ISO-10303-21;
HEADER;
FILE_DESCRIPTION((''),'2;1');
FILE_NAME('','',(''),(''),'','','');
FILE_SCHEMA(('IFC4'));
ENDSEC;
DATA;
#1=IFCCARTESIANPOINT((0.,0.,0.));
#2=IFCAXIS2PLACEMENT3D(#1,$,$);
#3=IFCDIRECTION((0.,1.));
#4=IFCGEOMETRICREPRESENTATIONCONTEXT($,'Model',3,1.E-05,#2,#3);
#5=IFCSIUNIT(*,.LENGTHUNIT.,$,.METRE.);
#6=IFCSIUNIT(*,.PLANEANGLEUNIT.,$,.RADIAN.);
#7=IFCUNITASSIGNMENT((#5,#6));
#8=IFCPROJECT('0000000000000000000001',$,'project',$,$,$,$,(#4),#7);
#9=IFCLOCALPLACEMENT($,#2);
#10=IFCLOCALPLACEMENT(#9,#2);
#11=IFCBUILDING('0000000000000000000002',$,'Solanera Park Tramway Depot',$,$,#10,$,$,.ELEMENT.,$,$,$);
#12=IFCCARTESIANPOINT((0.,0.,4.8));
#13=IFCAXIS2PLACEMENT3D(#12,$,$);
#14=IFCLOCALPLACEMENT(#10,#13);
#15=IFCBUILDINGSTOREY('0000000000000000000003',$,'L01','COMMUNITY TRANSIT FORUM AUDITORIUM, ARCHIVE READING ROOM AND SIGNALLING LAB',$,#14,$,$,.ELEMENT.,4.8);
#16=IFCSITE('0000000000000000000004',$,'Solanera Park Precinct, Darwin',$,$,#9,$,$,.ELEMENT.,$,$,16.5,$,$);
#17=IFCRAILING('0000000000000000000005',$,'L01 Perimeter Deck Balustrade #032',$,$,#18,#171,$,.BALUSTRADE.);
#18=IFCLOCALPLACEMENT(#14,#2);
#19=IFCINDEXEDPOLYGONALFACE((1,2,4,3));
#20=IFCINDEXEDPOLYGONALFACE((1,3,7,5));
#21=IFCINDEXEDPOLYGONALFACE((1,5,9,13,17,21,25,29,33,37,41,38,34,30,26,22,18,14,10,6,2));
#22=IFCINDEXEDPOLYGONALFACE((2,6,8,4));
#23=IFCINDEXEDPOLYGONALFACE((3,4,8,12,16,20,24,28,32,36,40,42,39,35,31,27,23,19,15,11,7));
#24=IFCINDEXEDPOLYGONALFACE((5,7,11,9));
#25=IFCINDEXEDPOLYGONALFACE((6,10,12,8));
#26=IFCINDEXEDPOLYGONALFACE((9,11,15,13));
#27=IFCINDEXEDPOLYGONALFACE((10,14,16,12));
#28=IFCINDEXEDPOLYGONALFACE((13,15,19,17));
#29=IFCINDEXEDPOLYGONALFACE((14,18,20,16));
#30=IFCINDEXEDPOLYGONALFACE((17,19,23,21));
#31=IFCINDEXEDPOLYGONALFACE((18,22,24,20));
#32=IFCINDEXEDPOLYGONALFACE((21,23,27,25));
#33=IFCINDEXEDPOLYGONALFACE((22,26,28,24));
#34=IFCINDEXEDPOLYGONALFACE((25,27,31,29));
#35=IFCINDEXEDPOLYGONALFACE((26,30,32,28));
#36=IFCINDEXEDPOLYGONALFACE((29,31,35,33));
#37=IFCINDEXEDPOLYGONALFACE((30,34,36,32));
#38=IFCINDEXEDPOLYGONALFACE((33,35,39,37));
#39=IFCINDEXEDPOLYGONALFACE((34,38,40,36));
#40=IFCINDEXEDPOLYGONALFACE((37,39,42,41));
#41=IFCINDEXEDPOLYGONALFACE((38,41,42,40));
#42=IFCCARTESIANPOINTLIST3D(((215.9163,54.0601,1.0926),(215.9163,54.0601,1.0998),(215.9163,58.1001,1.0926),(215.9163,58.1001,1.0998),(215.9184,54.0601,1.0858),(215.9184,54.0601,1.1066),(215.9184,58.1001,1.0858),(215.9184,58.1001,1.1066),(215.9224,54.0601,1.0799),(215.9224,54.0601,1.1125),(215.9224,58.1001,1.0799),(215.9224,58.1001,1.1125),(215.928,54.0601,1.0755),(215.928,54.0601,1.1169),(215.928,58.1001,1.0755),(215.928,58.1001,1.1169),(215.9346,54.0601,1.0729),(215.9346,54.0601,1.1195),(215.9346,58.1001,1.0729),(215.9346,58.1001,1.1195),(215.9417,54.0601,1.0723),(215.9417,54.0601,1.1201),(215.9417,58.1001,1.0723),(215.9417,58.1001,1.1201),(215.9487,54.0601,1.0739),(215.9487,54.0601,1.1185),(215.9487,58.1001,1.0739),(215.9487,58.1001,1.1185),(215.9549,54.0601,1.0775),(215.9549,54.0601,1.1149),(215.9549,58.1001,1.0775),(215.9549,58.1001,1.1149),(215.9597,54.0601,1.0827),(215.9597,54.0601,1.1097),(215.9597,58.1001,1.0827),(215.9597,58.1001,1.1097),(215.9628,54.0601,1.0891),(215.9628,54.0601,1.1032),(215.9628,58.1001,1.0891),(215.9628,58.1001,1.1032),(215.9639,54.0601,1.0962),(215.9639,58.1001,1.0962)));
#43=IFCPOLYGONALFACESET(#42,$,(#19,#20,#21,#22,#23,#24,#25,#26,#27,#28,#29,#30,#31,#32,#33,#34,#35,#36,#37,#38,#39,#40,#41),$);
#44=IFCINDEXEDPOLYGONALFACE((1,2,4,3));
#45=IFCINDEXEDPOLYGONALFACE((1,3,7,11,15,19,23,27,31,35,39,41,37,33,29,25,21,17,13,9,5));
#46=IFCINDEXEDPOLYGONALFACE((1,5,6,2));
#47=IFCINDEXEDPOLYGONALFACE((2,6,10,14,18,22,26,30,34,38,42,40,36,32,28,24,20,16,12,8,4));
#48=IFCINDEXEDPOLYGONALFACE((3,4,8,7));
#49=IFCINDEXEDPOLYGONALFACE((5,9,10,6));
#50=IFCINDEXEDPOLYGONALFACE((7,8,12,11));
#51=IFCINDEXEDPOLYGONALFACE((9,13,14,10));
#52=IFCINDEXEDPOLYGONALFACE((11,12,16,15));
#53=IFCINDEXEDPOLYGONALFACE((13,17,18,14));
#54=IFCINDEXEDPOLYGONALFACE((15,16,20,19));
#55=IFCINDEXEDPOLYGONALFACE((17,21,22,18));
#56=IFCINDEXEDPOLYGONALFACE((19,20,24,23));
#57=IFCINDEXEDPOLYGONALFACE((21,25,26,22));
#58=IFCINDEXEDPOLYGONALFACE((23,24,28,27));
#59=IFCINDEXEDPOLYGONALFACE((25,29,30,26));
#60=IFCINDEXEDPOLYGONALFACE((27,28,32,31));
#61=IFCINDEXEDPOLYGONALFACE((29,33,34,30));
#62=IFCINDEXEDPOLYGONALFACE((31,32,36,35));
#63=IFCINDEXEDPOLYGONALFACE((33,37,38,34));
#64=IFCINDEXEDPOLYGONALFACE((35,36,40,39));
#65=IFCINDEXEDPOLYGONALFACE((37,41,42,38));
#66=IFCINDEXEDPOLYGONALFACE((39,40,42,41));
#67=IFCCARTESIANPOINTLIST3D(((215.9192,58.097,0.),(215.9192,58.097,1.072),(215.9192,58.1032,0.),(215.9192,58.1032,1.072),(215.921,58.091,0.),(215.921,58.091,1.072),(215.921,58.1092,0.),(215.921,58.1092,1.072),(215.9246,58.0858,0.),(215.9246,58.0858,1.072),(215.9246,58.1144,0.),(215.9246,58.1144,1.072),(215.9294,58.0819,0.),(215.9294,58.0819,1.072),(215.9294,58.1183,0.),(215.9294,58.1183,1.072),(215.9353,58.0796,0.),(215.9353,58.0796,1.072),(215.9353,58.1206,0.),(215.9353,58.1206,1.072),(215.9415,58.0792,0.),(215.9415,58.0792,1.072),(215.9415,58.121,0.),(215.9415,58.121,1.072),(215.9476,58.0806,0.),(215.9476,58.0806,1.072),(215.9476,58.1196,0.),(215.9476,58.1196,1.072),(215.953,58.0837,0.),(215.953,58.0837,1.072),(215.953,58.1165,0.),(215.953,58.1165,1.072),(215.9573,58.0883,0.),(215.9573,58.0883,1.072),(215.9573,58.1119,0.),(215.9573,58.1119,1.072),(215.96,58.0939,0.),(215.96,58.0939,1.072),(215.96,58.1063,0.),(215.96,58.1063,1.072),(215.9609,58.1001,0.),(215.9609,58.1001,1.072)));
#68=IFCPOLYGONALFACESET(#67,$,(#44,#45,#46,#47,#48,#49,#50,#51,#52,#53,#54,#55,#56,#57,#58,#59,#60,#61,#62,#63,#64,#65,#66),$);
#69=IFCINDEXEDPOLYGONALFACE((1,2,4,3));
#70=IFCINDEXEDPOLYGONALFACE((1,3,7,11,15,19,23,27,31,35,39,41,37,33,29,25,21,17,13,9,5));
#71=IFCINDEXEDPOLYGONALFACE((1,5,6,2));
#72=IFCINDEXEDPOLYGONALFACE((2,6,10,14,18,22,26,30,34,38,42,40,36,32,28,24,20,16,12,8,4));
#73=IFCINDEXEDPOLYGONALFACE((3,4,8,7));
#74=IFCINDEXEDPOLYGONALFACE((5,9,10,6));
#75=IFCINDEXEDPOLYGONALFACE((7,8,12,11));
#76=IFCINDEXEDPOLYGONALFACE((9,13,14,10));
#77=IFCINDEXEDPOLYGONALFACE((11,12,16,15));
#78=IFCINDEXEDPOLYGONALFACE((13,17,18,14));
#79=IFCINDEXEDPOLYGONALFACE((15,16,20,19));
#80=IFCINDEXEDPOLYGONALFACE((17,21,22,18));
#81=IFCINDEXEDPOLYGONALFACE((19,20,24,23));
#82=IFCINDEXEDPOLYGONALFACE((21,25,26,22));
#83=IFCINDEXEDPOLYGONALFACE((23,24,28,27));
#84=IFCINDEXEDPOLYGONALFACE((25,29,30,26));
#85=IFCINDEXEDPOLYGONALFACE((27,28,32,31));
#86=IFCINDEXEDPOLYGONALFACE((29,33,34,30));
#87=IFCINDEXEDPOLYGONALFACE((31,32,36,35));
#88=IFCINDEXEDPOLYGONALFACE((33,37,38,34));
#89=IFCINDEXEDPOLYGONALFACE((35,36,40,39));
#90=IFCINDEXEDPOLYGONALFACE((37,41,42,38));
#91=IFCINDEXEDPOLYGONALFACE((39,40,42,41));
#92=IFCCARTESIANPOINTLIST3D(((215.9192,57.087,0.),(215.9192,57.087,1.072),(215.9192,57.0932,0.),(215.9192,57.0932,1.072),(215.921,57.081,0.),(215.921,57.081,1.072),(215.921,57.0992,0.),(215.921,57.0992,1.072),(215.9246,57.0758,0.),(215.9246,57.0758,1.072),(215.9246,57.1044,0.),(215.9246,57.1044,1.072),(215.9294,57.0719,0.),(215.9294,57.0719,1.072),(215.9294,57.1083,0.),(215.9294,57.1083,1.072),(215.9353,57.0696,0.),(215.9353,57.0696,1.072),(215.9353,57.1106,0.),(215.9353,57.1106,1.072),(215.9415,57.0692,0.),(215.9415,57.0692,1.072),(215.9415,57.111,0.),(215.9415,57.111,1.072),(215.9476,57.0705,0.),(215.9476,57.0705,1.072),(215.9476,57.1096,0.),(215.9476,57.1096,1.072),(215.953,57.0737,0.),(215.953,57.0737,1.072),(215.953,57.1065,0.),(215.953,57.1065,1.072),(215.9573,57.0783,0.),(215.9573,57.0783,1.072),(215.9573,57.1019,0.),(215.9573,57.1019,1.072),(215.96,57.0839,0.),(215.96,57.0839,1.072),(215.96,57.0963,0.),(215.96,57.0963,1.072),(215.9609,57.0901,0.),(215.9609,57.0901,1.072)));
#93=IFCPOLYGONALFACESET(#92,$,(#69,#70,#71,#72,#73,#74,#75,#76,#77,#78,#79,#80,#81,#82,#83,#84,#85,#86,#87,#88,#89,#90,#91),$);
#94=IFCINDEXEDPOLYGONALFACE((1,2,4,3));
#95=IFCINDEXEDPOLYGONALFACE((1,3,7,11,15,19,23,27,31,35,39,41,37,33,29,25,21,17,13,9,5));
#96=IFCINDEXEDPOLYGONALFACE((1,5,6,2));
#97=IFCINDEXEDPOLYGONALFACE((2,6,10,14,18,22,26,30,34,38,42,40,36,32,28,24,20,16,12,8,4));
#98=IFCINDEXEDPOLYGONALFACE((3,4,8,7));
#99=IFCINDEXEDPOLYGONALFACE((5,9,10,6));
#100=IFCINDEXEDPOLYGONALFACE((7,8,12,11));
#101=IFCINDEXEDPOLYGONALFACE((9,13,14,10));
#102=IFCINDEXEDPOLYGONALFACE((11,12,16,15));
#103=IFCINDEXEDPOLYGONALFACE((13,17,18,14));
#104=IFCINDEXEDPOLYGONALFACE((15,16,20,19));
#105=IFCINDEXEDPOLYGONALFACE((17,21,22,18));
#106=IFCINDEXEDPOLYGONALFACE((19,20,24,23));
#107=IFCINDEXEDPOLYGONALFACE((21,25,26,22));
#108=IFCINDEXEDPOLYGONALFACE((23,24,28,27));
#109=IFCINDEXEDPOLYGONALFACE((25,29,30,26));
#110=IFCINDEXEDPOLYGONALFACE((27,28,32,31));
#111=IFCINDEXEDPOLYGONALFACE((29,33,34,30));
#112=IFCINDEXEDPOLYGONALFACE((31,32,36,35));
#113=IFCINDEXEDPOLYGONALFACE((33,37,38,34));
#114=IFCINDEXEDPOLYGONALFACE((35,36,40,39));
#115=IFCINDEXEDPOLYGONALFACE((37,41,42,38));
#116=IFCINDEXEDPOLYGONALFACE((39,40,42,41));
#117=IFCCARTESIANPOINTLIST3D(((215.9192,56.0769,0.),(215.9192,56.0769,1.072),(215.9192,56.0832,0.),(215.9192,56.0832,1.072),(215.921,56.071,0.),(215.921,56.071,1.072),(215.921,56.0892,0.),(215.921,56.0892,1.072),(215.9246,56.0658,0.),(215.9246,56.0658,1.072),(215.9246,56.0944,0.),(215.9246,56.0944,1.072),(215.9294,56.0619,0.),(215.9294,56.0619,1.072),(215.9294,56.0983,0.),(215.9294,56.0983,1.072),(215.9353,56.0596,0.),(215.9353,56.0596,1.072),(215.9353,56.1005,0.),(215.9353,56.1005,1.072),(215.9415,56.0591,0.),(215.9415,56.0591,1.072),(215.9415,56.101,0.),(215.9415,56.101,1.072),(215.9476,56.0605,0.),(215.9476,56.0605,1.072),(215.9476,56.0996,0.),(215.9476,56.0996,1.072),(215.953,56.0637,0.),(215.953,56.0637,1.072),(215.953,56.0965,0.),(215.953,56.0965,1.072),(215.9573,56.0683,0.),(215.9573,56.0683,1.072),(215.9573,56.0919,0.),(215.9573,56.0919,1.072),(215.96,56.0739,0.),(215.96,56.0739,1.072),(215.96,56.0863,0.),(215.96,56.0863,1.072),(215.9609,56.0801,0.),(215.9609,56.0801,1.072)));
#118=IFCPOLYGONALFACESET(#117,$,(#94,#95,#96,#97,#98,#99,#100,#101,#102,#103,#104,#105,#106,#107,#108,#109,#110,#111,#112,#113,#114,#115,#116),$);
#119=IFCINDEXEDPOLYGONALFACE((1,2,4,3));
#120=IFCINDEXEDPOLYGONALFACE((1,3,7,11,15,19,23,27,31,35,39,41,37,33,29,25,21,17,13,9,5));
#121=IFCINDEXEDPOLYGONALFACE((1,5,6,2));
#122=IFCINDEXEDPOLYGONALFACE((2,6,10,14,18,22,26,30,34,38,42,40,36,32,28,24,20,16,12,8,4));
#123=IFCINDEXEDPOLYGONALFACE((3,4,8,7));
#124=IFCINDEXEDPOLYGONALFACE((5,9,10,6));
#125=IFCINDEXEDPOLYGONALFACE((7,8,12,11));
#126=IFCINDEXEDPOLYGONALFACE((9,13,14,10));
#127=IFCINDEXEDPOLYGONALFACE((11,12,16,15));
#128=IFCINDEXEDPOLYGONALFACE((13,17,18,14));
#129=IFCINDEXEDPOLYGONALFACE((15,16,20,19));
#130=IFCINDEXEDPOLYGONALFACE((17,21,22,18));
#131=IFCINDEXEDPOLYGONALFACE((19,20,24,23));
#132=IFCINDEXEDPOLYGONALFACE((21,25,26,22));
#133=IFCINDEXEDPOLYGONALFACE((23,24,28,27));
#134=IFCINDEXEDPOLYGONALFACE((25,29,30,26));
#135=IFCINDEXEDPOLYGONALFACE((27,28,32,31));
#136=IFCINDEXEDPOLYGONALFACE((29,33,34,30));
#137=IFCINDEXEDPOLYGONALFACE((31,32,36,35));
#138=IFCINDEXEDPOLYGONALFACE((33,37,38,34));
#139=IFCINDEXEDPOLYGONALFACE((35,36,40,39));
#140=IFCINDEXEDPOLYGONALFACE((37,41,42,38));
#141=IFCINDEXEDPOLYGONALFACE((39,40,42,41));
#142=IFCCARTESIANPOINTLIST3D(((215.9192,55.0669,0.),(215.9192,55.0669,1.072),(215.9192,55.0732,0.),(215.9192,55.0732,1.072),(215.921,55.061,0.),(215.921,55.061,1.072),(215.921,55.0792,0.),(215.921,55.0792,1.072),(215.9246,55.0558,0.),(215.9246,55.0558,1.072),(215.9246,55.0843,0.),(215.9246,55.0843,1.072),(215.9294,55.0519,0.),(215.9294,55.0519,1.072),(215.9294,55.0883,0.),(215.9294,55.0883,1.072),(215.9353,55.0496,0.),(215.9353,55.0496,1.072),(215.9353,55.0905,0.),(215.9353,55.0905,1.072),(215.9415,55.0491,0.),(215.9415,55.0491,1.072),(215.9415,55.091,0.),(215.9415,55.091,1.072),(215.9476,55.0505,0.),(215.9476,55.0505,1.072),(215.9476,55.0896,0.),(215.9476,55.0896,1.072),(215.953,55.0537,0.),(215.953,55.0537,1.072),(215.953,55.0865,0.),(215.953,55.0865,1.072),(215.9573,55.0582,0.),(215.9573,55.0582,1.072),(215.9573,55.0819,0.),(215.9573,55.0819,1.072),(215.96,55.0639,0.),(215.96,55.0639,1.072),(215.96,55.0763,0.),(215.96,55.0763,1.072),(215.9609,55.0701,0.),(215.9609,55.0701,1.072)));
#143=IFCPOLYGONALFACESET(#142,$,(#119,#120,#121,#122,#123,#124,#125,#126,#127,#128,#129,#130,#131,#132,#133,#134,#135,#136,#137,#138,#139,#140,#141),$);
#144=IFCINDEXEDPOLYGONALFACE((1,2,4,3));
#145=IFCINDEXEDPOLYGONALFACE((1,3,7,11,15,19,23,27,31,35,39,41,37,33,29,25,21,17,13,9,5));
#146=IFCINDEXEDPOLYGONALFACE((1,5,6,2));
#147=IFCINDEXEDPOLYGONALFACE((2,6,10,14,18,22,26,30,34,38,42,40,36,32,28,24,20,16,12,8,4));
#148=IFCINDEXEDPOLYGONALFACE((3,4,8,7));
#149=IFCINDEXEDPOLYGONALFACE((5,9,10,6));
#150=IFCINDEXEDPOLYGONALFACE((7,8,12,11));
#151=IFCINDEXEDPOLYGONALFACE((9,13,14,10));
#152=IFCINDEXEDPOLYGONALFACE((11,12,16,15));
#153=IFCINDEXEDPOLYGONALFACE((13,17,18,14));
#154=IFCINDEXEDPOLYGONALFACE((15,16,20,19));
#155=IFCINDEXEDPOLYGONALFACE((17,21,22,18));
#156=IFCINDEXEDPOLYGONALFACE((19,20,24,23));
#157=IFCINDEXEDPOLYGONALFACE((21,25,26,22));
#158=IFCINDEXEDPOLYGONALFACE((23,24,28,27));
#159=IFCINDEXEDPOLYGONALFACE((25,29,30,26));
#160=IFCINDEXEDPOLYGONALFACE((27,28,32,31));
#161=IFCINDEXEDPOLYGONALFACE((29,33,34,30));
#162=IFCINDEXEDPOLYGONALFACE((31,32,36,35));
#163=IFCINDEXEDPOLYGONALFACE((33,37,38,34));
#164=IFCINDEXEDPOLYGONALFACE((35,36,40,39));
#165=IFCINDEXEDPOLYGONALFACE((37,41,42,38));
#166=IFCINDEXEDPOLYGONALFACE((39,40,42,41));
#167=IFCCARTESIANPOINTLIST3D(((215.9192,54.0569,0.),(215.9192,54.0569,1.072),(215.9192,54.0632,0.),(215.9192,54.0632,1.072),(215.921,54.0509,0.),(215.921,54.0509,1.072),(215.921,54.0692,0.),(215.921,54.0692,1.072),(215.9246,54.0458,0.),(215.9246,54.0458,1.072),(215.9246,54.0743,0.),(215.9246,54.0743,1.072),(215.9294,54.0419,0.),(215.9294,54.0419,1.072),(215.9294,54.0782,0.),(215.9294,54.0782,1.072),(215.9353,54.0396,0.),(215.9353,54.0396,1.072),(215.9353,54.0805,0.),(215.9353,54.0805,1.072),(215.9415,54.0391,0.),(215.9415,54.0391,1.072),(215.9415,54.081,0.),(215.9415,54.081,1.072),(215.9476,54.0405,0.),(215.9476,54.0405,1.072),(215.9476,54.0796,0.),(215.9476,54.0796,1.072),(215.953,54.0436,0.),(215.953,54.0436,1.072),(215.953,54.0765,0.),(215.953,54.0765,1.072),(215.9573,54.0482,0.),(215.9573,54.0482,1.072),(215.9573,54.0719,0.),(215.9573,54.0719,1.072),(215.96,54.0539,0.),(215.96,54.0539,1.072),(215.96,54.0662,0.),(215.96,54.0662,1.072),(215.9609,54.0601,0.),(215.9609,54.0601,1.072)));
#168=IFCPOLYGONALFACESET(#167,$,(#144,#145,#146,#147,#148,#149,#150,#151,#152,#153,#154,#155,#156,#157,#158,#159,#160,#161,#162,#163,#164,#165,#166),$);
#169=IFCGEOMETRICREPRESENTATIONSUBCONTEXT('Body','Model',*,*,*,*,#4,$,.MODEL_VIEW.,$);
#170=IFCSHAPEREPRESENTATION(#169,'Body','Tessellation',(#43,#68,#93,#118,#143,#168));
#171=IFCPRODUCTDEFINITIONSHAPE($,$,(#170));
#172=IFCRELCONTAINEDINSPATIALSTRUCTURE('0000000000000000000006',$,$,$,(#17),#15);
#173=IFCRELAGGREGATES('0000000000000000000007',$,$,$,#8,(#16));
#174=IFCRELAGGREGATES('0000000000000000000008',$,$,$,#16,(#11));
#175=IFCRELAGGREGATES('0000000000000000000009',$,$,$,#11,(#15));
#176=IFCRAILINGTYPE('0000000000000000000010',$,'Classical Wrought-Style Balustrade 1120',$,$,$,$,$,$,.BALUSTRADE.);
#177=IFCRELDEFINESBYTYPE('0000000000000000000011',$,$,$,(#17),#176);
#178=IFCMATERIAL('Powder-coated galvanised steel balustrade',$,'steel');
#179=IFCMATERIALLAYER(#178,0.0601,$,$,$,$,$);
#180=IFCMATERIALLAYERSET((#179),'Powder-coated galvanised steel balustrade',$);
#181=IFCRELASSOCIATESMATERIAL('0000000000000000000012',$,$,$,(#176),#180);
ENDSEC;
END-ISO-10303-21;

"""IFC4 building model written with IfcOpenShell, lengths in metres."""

from ifc_helpers import new_model, si_unit, direction, frame, origin, origin_2d, place, context, subcontext, project, spatial, circle, extrude, material, layer, layer_set, type_object, element, save


model = new_model("IFC4")

# Units and contexts
model_context = context("Model", 3, precision=1e-05, world=origin(), true_north=direction((0.0, 1.0)))
body_context = subcontext(model_context, "Body", "Model", "MODEL_VIEW")
ifc_project = project(units=[si_unit("LENGTHUNIT", "METRE"), si_unit("PLANEANGLEUNIT", "RADIAN")], contexts=[model_context])

# Site, building, storey
site_placement = place(None, origin())
site = spatial("IfcSite", under=ifc_project, at=site_placement, Name="Solanera Park Precinct, Darwin", CompositionType="ELEMENT", RefElevation=16.5)
building_placement = place(site_placement, origin())
building = spatial("IfcBuilding", under=site, at=building_placement, Name="Solanera Park Tramway Depot", CompositionType="ELEMENT")
storey_placement = place(building_placement, frame((0.0, 0.0, 4.8)))
storey = spatial("IfcBuildingStorey", under=building, at=storey_placement, Name="L01", Description="COMMUNITY TRANSIT FORUM AUDITORIUM, ARCHIVE READING ROOM AND SIGNALLING LAB", CompositionType="ELEMENT", Elevation=4.8)

# Railing
ifc_material_1 = material(Name="Powder-coated galvanised steel balustrade", Category="steel")
ifc_layer_1 = layer(ifc_material_1, 0.0601)
ifc_layer_set_1 = layer_set([ifc_layer_1], Name="Powder-coated galvanised steel balustrade")
railing_type = type_object("IfcRailingType", Name="Classical Wrought-Style Balustrade 1120", PredefinedType="BALUSTRADE", material=ifc_layer_set_1)
railing_1_placement = place(storey_placement, frame((215.9399, 58.1001, 0.0)))
element("IfcRailing", 1, at=railing_1_placement, inside=storey, type_object=railing_type, Name="L01 Perimeter Deck Balustrade #032", PredefinedType="BALUSTRADE", context=body_context, shape_type="SweptSolid", body=[
    extrude(circle(Radius=0.0239, at=origin_2d()), frame((0.0, 0.0, 1.0962), z_axis=(0.0, -1.0, 0.0), x_axis=(1.0, 0.0, 0.0)), (0.0, 0.0, 1.0), 4.04),
    extrude(circle(Radius=0.021, at=origin_2d()), origin(), (0.0, 0.0, 1.0), 1.072),
    extrude(circle(Radius=0.021, at=origin_2d()), frame((0.0, -1.01, 0.0)), (0.0, 0.0, 1.0), 1.072),
    extrude(circle(Radius=0.021, at=origin_2d()), frame((0.0, -2.02, 0.0)), (0.0, 0.0, 1.0), 1.072),
    extrude(circle(Radius=0.021, at=origin_2d()), frame((0.0, -3.03, 0.0)), (0.0, 0.0, 1.0), 1.072),
    extrude(circle(Radius=0.021, at=origin_2d()), frame((0.0, -4.04, 0.0)), (0.0, 0.0, 1.0), 1.072),
])

save(model, "model.ifc")
